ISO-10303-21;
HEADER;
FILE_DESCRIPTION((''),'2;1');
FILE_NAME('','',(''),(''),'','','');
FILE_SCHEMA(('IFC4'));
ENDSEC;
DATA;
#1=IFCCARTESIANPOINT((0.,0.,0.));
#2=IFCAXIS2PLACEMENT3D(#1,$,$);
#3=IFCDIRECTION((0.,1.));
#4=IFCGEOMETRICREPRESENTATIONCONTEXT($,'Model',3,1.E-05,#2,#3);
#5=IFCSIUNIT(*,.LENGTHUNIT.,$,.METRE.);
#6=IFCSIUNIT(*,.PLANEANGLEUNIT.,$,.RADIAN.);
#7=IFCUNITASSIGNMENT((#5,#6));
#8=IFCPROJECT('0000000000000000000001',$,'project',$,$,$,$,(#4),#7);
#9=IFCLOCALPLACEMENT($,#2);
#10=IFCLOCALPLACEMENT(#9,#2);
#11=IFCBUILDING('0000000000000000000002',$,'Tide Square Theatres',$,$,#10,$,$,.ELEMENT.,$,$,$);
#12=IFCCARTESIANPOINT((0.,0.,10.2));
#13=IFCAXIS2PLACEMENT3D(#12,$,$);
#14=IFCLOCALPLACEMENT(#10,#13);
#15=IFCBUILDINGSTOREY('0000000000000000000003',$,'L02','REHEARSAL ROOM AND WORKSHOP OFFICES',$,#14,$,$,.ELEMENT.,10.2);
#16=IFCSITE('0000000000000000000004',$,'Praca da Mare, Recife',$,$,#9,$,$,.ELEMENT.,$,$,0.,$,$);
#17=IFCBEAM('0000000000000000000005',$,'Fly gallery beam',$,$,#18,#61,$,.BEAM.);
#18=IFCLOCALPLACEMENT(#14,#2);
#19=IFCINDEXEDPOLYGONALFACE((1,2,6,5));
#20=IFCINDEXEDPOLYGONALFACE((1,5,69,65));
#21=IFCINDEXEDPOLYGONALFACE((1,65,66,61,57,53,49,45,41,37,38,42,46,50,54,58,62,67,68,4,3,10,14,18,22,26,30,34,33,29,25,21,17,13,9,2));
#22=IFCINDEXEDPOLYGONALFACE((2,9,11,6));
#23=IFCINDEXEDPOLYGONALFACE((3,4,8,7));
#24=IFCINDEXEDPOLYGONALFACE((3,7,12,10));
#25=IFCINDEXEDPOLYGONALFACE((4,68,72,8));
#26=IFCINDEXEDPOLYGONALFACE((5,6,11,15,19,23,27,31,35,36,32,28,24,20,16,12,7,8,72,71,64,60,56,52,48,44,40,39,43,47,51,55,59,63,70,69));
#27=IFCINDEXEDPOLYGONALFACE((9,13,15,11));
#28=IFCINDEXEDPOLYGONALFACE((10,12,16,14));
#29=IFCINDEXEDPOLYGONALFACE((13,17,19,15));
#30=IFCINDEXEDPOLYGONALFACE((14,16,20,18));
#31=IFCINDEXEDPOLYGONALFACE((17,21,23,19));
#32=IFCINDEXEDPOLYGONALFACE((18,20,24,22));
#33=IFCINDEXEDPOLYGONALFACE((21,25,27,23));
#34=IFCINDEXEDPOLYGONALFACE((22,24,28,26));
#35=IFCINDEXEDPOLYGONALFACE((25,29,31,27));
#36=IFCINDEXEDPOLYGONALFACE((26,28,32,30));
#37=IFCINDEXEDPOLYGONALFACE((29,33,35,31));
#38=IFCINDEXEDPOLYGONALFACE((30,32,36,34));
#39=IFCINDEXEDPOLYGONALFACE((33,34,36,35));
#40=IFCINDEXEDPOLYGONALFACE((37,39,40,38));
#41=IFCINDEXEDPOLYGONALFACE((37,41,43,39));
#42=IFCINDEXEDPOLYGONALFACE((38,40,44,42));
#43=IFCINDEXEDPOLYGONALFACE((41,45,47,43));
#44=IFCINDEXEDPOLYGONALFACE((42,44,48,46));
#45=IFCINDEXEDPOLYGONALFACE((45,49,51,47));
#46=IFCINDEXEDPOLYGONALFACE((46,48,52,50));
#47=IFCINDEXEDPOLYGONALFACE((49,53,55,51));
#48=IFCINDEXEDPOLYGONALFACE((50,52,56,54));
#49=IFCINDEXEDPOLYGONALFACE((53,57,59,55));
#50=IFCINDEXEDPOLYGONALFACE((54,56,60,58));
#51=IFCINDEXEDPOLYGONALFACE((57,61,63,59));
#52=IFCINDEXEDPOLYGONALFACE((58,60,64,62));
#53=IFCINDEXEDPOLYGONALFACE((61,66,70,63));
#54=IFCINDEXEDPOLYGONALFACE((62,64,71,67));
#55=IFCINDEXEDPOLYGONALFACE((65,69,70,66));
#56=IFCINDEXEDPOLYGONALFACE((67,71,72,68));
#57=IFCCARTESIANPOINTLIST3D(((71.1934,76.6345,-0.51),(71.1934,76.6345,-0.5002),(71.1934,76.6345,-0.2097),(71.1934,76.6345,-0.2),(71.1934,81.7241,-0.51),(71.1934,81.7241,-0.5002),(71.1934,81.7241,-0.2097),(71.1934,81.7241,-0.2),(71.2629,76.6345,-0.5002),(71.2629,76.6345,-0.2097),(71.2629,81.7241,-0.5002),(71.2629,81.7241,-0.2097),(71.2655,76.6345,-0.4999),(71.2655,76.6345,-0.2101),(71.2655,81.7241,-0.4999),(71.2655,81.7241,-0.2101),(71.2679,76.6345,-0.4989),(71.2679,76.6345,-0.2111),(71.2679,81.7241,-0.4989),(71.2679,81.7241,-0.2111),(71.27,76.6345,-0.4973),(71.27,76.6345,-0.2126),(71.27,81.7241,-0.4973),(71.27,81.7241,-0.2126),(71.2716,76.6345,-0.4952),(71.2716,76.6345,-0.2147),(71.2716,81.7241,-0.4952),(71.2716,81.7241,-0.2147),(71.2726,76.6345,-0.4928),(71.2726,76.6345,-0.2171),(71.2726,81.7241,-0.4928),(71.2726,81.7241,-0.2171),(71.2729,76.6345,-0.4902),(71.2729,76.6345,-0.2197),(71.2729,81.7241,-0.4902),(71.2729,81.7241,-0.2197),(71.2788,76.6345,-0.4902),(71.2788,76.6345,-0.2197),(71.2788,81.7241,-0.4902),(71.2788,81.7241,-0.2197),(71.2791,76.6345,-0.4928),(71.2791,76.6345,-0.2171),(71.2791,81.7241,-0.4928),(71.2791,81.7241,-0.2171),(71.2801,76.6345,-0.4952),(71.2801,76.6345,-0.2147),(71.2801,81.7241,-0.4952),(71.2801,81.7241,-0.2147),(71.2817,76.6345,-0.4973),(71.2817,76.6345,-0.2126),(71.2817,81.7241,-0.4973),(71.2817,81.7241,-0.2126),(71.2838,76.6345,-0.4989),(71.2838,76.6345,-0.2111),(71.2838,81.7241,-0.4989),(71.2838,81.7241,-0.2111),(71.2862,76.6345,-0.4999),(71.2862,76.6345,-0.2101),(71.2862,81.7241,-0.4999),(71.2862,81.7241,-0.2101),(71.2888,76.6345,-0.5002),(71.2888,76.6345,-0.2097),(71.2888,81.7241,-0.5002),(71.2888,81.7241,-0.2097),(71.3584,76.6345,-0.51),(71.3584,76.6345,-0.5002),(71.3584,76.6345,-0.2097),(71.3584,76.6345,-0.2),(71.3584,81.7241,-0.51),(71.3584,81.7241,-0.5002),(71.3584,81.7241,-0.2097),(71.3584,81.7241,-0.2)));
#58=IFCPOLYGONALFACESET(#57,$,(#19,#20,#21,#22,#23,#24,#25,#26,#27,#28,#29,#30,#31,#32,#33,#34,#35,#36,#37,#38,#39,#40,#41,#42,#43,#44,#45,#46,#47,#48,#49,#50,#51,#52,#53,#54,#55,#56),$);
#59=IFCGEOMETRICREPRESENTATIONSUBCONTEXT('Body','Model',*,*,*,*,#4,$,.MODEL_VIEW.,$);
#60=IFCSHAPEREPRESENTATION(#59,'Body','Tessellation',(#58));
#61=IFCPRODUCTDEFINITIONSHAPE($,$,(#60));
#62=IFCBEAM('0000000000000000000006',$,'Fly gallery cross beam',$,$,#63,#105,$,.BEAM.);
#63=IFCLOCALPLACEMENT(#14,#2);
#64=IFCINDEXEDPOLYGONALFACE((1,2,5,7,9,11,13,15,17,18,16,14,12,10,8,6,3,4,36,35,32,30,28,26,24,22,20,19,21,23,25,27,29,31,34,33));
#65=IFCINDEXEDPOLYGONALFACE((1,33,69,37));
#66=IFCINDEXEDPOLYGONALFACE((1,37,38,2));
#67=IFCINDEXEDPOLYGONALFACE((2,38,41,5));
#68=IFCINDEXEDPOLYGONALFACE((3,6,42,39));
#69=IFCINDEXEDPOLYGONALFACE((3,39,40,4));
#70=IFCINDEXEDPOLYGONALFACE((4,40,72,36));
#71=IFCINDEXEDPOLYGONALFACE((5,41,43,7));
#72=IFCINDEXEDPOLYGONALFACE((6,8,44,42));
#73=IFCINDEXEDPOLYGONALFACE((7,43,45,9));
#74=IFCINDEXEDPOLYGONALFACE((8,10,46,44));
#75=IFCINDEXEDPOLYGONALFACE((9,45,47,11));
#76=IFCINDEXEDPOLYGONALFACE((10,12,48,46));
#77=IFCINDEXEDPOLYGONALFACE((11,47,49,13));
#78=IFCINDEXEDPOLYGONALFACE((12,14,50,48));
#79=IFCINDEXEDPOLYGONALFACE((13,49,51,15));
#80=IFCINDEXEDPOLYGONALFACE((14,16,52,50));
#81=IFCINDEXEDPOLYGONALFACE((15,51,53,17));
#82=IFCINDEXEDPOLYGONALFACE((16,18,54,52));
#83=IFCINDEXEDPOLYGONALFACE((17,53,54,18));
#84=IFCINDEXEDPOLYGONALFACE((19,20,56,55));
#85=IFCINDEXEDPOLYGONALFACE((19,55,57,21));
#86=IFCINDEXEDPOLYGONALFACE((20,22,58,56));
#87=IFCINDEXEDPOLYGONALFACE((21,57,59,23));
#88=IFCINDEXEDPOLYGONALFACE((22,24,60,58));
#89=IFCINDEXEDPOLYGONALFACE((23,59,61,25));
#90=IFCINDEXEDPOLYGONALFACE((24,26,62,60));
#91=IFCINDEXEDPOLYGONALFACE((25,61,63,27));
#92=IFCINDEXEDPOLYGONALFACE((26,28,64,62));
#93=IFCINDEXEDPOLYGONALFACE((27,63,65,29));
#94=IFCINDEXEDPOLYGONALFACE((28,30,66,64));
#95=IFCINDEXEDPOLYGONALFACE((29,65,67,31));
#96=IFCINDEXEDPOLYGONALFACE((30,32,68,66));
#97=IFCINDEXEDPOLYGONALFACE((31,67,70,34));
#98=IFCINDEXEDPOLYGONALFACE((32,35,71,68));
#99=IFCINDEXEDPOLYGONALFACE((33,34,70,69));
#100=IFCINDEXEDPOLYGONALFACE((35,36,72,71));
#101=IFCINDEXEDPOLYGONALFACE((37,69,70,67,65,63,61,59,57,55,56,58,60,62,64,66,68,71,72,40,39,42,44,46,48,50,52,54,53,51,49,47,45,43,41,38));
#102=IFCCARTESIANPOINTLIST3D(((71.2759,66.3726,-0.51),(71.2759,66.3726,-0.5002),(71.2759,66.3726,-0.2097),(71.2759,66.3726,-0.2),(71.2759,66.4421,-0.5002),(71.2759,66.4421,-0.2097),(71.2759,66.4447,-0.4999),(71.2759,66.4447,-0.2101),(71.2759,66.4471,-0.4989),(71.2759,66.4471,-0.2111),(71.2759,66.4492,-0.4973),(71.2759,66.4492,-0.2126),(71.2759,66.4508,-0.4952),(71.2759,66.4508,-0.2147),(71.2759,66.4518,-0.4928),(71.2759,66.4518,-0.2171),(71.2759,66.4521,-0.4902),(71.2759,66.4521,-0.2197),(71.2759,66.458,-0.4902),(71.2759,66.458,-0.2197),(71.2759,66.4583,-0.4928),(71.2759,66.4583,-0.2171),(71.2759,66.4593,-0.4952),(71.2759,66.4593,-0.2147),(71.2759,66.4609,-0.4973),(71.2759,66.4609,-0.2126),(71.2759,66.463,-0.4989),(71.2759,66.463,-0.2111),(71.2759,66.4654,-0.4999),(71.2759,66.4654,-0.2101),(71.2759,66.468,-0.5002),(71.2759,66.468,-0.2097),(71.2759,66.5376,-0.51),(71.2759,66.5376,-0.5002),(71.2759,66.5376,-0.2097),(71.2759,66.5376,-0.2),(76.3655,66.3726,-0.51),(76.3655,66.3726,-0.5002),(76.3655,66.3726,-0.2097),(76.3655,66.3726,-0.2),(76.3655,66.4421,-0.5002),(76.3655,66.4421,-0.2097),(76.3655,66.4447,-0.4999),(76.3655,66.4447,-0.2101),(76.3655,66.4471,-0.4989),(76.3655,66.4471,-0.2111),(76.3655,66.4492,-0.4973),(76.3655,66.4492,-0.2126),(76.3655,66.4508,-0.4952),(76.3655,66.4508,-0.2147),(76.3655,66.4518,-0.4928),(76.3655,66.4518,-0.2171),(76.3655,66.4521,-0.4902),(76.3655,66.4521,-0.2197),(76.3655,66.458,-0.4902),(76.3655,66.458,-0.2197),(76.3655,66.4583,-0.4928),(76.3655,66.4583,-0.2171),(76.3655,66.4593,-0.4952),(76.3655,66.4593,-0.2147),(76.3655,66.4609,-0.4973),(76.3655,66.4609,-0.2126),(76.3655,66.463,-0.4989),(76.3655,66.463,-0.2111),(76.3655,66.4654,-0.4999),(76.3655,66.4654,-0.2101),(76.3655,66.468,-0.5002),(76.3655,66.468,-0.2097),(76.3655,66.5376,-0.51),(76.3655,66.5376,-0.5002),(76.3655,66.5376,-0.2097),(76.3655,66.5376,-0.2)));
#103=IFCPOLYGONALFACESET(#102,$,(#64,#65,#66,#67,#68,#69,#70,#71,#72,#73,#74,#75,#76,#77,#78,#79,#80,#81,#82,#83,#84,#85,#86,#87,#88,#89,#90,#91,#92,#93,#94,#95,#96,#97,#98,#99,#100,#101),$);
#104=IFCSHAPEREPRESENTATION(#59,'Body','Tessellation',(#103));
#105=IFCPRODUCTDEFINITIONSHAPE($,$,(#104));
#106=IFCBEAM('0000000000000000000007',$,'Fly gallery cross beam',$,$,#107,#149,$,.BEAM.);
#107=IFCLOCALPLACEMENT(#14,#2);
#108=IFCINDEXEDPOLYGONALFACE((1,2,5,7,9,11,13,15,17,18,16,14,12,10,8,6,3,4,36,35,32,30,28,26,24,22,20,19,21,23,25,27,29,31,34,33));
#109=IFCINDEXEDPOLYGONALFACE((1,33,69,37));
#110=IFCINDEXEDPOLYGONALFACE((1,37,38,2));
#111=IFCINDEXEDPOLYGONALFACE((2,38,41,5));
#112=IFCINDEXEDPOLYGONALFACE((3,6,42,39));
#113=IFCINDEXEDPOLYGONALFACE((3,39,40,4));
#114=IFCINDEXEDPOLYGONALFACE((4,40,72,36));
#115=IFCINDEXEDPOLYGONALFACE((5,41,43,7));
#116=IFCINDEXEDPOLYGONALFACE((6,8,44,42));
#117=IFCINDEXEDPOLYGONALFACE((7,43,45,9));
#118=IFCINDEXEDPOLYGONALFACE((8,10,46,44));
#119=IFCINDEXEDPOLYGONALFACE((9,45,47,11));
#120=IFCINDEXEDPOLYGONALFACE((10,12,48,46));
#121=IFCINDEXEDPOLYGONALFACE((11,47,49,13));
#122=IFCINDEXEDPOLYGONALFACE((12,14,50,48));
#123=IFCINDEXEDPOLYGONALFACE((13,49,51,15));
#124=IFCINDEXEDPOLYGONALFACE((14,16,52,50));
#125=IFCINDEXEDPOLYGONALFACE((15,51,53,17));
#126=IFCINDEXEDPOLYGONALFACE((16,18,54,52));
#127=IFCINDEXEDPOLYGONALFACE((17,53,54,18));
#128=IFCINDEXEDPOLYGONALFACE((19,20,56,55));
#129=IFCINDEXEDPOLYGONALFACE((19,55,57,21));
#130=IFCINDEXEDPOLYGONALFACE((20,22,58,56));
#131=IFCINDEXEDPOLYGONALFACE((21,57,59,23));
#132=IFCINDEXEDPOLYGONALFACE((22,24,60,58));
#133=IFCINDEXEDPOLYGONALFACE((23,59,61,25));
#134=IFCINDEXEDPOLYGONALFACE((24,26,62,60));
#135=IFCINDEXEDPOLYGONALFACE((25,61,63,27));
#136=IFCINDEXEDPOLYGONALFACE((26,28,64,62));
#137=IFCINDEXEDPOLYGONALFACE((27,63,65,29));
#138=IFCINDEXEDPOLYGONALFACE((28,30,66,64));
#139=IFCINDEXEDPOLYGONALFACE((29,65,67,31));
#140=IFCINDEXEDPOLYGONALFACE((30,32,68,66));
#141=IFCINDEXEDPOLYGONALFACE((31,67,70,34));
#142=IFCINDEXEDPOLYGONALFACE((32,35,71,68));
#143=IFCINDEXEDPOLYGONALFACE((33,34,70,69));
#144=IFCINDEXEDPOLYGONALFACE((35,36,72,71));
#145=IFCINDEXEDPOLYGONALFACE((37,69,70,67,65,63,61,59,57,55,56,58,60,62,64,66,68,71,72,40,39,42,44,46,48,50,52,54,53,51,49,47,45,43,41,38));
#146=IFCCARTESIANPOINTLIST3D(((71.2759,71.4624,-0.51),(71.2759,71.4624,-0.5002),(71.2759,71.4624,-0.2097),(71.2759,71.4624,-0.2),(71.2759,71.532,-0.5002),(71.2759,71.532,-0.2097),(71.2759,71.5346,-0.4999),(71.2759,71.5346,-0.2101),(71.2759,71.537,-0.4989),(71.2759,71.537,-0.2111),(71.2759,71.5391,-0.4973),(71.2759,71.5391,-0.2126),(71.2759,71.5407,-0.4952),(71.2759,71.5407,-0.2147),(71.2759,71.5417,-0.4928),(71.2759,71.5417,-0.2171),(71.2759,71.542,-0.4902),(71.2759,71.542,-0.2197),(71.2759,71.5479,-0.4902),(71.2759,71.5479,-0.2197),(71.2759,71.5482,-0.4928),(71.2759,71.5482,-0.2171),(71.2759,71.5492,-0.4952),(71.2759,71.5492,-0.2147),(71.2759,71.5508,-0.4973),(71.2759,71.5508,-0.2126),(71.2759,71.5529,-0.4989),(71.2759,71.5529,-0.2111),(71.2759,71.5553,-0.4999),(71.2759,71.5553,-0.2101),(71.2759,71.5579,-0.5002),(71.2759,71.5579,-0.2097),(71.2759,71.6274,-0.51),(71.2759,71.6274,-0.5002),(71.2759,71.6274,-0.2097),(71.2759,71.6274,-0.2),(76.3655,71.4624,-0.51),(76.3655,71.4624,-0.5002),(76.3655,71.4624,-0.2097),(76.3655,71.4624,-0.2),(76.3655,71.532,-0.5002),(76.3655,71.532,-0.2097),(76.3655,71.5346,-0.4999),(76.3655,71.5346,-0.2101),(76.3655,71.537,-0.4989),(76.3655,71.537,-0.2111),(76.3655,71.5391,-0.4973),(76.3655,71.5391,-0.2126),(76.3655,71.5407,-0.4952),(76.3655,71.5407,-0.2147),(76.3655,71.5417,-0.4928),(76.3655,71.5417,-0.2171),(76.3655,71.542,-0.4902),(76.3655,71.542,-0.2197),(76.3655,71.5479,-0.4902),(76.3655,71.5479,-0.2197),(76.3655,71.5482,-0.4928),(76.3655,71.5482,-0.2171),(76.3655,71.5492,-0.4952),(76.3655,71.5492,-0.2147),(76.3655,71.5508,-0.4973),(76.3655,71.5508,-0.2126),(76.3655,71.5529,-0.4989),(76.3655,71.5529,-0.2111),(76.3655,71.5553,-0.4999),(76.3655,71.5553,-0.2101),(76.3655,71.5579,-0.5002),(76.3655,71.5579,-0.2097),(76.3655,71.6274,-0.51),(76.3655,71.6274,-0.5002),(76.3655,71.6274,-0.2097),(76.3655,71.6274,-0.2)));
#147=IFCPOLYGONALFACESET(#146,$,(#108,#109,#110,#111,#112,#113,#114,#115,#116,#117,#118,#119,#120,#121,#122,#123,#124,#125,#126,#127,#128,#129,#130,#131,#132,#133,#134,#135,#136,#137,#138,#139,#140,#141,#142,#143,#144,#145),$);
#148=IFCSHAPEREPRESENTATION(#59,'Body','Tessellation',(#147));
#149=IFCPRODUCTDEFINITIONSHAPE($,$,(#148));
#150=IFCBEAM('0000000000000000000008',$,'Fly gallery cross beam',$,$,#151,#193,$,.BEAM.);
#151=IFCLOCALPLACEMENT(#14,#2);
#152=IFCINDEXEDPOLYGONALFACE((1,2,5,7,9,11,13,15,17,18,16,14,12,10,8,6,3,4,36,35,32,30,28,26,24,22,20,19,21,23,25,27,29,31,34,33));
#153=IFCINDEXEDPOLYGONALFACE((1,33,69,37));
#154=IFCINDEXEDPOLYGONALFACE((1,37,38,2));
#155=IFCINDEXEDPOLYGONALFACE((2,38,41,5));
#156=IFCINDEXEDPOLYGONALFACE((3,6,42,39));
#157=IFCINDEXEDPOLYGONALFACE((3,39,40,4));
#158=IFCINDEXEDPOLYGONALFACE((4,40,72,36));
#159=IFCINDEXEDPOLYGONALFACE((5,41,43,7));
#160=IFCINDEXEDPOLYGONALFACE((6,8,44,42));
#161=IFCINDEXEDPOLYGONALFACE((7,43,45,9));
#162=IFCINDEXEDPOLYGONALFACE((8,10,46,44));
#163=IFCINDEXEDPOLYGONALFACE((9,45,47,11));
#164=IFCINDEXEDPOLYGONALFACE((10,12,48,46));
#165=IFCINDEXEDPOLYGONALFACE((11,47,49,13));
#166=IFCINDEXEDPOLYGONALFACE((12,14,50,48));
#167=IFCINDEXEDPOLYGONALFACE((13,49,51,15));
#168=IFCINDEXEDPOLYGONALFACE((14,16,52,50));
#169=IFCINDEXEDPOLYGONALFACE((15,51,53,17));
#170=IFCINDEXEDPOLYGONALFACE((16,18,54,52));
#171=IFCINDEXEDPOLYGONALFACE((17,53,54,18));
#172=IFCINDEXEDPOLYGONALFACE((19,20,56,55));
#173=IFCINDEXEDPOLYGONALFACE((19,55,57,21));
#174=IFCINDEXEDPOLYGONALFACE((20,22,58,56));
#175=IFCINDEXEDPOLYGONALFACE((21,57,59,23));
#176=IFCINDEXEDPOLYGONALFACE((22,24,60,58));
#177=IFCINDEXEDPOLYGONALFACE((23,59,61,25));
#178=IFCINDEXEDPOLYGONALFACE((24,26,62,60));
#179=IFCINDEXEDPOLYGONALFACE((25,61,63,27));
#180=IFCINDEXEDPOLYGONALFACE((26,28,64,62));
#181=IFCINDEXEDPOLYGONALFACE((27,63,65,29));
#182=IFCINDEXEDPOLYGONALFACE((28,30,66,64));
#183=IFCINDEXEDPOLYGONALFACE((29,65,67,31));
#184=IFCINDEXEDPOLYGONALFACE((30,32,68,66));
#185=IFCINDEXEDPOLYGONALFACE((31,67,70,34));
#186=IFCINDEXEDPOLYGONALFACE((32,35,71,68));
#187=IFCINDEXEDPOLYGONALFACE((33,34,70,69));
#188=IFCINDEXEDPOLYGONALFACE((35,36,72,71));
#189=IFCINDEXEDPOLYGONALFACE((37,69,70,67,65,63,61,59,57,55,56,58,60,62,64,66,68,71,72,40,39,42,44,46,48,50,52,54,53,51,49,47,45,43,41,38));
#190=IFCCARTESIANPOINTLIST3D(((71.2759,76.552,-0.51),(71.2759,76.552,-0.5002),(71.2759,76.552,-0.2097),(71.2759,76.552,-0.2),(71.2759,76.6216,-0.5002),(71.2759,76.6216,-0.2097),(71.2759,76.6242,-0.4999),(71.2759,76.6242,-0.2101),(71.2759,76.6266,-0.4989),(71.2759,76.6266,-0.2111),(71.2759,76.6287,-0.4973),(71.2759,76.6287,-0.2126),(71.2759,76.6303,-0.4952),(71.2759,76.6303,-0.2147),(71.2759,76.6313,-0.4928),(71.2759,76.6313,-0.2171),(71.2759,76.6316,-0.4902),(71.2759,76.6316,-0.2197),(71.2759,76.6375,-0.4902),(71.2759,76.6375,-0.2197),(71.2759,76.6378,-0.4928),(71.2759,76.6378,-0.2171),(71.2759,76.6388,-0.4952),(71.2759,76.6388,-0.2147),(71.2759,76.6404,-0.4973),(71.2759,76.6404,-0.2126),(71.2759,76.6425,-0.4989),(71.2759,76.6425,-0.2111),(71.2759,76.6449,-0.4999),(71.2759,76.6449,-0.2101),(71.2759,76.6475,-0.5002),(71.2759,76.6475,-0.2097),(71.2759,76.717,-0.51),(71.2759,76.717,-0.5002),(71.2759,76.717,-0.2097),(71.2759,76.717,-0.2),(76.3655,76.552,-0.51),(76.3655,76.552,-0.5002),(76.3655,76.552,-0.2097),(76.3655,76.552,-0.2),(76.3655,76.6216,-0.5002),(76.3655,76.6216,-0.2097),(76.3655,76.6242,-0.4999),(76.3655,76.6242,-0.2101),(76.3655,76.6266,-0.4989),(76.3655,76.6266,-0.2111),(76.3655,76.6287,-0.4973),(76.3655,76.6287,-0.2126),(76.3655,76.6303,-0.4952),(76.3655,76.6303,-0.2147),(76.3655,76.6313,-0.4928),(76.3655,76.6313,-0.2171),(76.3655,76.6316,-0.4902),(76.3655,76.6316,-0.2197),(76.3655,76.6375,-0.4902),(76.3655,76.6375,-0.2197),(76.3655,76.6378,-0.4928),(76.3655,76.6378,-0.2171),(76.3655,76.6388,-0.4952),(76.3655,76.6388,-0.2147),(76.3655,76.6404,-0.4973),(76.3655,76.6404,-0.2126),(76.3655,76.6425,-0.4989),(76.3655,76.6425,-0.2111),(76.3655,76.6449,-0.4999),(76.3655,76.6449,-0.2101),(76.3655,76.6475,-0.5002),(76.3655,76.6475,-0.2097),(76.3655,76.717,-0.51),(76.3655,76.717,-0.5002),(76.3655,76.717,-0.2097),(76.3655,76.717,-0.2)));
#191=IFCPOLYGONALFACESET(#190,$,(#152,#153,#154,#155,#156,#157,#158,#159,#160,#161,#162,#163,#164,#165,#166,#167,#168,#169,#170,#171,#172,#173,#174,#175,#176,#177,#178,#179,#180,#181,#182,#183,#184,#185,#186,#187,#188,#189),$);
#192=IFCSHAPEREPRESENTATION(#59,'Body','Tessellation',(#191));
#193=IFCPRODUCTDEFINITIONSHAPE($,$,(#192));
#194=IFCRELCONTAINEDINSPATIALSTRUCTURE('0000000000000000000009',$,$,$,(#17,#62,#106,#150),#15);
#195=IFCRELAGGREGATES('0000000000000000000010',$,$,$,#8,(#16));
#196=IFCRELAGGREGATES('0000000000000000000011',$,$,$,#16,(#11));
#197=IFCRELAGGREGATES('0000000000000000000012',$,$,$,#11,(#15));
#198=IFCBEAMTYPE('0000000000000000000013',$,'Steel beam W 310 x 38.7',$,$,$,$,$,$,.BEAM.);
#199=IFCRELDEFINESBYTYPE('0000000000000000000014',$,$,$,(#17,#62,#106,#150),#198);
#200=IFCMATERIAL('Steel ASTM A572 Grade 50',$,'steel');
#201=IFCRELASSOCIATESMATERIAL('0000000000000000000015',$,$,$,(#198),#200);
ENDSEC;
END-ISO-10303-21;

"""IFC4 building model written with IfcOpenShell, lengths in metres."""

from ifc_helpers import new_model, si_unit, direction, frame, origin, origin_2d, place, context, subcontext, project, spatial, i_section, extrude, material, material_profile, profile_set, type_object, element, save


model = new_model("IFC4")

# Units and contexts
model_context = context("Model", 3, precision=1e-05, world=origin(), true_north=direction((0.0, 1.0)))
body_context = subcontext(model_context, "Body", "Model", "MODEL_VIEW")
ifc_project = project(units=[si_unit("LENGTHUNIT", "METRE"), si_unit("PLANEANGLEUNIT", "RADIAN")], contexts=[model_context])

# Site, building, storey
site_placement = place(None, origin())
site = spatial("IfcSite", under=ifc_project, at=site_placement, Name="Praca da Mare, Recife", CompositionType="ELEMENT", RefElevation=0.0)
building_placement = place(site_placement, origin())
building = spatial("IfcBuilding", under=site, at=building_placement, Name="Tide Square Theatres", CompositionType="ELEMENT")
storey_placement = place(building_placement, frame((0.0, 0.0, 10.2)))
storey = spatial("IfcBuildingStorey", under=building, at=storey_placement, Name="L02", Description="REHEARSAL ROOM AND WORKSHOP OFFICES", CompositionType="ELEMENT", Elevation=10.2)

# Beams
ifc_material_1 = material(Name="Steel ASTM A572 Grade 50", Category="steel")
ifc_material_profile_1 = material_profile(ifc_material_1, i_section(OverallWidth=0.165, OverallDepth=0.3101, WebThickness=0.0059, FlangeThickness=0.0098, FilletRadius=0.01, at=origin_2d()))
ifc_profile_set_1 = profile_set([ifc_material_profile_1], Name="Steel ASTM A572 Grade 50")
beam_type = type_object("IfcBeamType", Name="Steel beam W 310 x 38.7", PredefinedType="BEAM", material=ifc_profile_set_1)
for number, where, z_axis, x_axis, name in (
    (1, (71.2759, 76.6345, -0.355), (0.0, 1.0, 0.0), (-1.0, 0.0, 0.0), "Fly gallery beam"),
    (2, (71.2759, 66.4551, -0.355), (1.0, 0.0, 0.0), (0.0, 1.0, 0.0), "Fly gallery cross beam"),
    (3, (71.2759, 71.5449, -0.355), (1.0, 0.0, 0.0), (0.0, 1.0, 0.0), "Fly gallery cross beam"),
    (4, (71.2759, 76.6345, -0.355), (1.0, 0.0, 0.0), (0.0, 1.0, 0.0), "Fly gallery cross beam"),
):
    element("IfcBeam", number, at=place(storey_placement, frame(where, z_axis=z_axis, x_axis=x_axis)), inside=storey, type_object=beam_type, Name=name, PredefinedType="BEAM", context=body_context, shape_type="SweptSolid", body=[
        extrude(i_section(OverallWidth=0.165, OverallDepth=0.3101, WebThickness=0.0059, FlangeThickness=0.0098, FilletRadius=0.01, at=origin_2d()), origin(), (0.0, 0.0, 1.0), 5.0896),
    ])

save(model, "model.ifc")
